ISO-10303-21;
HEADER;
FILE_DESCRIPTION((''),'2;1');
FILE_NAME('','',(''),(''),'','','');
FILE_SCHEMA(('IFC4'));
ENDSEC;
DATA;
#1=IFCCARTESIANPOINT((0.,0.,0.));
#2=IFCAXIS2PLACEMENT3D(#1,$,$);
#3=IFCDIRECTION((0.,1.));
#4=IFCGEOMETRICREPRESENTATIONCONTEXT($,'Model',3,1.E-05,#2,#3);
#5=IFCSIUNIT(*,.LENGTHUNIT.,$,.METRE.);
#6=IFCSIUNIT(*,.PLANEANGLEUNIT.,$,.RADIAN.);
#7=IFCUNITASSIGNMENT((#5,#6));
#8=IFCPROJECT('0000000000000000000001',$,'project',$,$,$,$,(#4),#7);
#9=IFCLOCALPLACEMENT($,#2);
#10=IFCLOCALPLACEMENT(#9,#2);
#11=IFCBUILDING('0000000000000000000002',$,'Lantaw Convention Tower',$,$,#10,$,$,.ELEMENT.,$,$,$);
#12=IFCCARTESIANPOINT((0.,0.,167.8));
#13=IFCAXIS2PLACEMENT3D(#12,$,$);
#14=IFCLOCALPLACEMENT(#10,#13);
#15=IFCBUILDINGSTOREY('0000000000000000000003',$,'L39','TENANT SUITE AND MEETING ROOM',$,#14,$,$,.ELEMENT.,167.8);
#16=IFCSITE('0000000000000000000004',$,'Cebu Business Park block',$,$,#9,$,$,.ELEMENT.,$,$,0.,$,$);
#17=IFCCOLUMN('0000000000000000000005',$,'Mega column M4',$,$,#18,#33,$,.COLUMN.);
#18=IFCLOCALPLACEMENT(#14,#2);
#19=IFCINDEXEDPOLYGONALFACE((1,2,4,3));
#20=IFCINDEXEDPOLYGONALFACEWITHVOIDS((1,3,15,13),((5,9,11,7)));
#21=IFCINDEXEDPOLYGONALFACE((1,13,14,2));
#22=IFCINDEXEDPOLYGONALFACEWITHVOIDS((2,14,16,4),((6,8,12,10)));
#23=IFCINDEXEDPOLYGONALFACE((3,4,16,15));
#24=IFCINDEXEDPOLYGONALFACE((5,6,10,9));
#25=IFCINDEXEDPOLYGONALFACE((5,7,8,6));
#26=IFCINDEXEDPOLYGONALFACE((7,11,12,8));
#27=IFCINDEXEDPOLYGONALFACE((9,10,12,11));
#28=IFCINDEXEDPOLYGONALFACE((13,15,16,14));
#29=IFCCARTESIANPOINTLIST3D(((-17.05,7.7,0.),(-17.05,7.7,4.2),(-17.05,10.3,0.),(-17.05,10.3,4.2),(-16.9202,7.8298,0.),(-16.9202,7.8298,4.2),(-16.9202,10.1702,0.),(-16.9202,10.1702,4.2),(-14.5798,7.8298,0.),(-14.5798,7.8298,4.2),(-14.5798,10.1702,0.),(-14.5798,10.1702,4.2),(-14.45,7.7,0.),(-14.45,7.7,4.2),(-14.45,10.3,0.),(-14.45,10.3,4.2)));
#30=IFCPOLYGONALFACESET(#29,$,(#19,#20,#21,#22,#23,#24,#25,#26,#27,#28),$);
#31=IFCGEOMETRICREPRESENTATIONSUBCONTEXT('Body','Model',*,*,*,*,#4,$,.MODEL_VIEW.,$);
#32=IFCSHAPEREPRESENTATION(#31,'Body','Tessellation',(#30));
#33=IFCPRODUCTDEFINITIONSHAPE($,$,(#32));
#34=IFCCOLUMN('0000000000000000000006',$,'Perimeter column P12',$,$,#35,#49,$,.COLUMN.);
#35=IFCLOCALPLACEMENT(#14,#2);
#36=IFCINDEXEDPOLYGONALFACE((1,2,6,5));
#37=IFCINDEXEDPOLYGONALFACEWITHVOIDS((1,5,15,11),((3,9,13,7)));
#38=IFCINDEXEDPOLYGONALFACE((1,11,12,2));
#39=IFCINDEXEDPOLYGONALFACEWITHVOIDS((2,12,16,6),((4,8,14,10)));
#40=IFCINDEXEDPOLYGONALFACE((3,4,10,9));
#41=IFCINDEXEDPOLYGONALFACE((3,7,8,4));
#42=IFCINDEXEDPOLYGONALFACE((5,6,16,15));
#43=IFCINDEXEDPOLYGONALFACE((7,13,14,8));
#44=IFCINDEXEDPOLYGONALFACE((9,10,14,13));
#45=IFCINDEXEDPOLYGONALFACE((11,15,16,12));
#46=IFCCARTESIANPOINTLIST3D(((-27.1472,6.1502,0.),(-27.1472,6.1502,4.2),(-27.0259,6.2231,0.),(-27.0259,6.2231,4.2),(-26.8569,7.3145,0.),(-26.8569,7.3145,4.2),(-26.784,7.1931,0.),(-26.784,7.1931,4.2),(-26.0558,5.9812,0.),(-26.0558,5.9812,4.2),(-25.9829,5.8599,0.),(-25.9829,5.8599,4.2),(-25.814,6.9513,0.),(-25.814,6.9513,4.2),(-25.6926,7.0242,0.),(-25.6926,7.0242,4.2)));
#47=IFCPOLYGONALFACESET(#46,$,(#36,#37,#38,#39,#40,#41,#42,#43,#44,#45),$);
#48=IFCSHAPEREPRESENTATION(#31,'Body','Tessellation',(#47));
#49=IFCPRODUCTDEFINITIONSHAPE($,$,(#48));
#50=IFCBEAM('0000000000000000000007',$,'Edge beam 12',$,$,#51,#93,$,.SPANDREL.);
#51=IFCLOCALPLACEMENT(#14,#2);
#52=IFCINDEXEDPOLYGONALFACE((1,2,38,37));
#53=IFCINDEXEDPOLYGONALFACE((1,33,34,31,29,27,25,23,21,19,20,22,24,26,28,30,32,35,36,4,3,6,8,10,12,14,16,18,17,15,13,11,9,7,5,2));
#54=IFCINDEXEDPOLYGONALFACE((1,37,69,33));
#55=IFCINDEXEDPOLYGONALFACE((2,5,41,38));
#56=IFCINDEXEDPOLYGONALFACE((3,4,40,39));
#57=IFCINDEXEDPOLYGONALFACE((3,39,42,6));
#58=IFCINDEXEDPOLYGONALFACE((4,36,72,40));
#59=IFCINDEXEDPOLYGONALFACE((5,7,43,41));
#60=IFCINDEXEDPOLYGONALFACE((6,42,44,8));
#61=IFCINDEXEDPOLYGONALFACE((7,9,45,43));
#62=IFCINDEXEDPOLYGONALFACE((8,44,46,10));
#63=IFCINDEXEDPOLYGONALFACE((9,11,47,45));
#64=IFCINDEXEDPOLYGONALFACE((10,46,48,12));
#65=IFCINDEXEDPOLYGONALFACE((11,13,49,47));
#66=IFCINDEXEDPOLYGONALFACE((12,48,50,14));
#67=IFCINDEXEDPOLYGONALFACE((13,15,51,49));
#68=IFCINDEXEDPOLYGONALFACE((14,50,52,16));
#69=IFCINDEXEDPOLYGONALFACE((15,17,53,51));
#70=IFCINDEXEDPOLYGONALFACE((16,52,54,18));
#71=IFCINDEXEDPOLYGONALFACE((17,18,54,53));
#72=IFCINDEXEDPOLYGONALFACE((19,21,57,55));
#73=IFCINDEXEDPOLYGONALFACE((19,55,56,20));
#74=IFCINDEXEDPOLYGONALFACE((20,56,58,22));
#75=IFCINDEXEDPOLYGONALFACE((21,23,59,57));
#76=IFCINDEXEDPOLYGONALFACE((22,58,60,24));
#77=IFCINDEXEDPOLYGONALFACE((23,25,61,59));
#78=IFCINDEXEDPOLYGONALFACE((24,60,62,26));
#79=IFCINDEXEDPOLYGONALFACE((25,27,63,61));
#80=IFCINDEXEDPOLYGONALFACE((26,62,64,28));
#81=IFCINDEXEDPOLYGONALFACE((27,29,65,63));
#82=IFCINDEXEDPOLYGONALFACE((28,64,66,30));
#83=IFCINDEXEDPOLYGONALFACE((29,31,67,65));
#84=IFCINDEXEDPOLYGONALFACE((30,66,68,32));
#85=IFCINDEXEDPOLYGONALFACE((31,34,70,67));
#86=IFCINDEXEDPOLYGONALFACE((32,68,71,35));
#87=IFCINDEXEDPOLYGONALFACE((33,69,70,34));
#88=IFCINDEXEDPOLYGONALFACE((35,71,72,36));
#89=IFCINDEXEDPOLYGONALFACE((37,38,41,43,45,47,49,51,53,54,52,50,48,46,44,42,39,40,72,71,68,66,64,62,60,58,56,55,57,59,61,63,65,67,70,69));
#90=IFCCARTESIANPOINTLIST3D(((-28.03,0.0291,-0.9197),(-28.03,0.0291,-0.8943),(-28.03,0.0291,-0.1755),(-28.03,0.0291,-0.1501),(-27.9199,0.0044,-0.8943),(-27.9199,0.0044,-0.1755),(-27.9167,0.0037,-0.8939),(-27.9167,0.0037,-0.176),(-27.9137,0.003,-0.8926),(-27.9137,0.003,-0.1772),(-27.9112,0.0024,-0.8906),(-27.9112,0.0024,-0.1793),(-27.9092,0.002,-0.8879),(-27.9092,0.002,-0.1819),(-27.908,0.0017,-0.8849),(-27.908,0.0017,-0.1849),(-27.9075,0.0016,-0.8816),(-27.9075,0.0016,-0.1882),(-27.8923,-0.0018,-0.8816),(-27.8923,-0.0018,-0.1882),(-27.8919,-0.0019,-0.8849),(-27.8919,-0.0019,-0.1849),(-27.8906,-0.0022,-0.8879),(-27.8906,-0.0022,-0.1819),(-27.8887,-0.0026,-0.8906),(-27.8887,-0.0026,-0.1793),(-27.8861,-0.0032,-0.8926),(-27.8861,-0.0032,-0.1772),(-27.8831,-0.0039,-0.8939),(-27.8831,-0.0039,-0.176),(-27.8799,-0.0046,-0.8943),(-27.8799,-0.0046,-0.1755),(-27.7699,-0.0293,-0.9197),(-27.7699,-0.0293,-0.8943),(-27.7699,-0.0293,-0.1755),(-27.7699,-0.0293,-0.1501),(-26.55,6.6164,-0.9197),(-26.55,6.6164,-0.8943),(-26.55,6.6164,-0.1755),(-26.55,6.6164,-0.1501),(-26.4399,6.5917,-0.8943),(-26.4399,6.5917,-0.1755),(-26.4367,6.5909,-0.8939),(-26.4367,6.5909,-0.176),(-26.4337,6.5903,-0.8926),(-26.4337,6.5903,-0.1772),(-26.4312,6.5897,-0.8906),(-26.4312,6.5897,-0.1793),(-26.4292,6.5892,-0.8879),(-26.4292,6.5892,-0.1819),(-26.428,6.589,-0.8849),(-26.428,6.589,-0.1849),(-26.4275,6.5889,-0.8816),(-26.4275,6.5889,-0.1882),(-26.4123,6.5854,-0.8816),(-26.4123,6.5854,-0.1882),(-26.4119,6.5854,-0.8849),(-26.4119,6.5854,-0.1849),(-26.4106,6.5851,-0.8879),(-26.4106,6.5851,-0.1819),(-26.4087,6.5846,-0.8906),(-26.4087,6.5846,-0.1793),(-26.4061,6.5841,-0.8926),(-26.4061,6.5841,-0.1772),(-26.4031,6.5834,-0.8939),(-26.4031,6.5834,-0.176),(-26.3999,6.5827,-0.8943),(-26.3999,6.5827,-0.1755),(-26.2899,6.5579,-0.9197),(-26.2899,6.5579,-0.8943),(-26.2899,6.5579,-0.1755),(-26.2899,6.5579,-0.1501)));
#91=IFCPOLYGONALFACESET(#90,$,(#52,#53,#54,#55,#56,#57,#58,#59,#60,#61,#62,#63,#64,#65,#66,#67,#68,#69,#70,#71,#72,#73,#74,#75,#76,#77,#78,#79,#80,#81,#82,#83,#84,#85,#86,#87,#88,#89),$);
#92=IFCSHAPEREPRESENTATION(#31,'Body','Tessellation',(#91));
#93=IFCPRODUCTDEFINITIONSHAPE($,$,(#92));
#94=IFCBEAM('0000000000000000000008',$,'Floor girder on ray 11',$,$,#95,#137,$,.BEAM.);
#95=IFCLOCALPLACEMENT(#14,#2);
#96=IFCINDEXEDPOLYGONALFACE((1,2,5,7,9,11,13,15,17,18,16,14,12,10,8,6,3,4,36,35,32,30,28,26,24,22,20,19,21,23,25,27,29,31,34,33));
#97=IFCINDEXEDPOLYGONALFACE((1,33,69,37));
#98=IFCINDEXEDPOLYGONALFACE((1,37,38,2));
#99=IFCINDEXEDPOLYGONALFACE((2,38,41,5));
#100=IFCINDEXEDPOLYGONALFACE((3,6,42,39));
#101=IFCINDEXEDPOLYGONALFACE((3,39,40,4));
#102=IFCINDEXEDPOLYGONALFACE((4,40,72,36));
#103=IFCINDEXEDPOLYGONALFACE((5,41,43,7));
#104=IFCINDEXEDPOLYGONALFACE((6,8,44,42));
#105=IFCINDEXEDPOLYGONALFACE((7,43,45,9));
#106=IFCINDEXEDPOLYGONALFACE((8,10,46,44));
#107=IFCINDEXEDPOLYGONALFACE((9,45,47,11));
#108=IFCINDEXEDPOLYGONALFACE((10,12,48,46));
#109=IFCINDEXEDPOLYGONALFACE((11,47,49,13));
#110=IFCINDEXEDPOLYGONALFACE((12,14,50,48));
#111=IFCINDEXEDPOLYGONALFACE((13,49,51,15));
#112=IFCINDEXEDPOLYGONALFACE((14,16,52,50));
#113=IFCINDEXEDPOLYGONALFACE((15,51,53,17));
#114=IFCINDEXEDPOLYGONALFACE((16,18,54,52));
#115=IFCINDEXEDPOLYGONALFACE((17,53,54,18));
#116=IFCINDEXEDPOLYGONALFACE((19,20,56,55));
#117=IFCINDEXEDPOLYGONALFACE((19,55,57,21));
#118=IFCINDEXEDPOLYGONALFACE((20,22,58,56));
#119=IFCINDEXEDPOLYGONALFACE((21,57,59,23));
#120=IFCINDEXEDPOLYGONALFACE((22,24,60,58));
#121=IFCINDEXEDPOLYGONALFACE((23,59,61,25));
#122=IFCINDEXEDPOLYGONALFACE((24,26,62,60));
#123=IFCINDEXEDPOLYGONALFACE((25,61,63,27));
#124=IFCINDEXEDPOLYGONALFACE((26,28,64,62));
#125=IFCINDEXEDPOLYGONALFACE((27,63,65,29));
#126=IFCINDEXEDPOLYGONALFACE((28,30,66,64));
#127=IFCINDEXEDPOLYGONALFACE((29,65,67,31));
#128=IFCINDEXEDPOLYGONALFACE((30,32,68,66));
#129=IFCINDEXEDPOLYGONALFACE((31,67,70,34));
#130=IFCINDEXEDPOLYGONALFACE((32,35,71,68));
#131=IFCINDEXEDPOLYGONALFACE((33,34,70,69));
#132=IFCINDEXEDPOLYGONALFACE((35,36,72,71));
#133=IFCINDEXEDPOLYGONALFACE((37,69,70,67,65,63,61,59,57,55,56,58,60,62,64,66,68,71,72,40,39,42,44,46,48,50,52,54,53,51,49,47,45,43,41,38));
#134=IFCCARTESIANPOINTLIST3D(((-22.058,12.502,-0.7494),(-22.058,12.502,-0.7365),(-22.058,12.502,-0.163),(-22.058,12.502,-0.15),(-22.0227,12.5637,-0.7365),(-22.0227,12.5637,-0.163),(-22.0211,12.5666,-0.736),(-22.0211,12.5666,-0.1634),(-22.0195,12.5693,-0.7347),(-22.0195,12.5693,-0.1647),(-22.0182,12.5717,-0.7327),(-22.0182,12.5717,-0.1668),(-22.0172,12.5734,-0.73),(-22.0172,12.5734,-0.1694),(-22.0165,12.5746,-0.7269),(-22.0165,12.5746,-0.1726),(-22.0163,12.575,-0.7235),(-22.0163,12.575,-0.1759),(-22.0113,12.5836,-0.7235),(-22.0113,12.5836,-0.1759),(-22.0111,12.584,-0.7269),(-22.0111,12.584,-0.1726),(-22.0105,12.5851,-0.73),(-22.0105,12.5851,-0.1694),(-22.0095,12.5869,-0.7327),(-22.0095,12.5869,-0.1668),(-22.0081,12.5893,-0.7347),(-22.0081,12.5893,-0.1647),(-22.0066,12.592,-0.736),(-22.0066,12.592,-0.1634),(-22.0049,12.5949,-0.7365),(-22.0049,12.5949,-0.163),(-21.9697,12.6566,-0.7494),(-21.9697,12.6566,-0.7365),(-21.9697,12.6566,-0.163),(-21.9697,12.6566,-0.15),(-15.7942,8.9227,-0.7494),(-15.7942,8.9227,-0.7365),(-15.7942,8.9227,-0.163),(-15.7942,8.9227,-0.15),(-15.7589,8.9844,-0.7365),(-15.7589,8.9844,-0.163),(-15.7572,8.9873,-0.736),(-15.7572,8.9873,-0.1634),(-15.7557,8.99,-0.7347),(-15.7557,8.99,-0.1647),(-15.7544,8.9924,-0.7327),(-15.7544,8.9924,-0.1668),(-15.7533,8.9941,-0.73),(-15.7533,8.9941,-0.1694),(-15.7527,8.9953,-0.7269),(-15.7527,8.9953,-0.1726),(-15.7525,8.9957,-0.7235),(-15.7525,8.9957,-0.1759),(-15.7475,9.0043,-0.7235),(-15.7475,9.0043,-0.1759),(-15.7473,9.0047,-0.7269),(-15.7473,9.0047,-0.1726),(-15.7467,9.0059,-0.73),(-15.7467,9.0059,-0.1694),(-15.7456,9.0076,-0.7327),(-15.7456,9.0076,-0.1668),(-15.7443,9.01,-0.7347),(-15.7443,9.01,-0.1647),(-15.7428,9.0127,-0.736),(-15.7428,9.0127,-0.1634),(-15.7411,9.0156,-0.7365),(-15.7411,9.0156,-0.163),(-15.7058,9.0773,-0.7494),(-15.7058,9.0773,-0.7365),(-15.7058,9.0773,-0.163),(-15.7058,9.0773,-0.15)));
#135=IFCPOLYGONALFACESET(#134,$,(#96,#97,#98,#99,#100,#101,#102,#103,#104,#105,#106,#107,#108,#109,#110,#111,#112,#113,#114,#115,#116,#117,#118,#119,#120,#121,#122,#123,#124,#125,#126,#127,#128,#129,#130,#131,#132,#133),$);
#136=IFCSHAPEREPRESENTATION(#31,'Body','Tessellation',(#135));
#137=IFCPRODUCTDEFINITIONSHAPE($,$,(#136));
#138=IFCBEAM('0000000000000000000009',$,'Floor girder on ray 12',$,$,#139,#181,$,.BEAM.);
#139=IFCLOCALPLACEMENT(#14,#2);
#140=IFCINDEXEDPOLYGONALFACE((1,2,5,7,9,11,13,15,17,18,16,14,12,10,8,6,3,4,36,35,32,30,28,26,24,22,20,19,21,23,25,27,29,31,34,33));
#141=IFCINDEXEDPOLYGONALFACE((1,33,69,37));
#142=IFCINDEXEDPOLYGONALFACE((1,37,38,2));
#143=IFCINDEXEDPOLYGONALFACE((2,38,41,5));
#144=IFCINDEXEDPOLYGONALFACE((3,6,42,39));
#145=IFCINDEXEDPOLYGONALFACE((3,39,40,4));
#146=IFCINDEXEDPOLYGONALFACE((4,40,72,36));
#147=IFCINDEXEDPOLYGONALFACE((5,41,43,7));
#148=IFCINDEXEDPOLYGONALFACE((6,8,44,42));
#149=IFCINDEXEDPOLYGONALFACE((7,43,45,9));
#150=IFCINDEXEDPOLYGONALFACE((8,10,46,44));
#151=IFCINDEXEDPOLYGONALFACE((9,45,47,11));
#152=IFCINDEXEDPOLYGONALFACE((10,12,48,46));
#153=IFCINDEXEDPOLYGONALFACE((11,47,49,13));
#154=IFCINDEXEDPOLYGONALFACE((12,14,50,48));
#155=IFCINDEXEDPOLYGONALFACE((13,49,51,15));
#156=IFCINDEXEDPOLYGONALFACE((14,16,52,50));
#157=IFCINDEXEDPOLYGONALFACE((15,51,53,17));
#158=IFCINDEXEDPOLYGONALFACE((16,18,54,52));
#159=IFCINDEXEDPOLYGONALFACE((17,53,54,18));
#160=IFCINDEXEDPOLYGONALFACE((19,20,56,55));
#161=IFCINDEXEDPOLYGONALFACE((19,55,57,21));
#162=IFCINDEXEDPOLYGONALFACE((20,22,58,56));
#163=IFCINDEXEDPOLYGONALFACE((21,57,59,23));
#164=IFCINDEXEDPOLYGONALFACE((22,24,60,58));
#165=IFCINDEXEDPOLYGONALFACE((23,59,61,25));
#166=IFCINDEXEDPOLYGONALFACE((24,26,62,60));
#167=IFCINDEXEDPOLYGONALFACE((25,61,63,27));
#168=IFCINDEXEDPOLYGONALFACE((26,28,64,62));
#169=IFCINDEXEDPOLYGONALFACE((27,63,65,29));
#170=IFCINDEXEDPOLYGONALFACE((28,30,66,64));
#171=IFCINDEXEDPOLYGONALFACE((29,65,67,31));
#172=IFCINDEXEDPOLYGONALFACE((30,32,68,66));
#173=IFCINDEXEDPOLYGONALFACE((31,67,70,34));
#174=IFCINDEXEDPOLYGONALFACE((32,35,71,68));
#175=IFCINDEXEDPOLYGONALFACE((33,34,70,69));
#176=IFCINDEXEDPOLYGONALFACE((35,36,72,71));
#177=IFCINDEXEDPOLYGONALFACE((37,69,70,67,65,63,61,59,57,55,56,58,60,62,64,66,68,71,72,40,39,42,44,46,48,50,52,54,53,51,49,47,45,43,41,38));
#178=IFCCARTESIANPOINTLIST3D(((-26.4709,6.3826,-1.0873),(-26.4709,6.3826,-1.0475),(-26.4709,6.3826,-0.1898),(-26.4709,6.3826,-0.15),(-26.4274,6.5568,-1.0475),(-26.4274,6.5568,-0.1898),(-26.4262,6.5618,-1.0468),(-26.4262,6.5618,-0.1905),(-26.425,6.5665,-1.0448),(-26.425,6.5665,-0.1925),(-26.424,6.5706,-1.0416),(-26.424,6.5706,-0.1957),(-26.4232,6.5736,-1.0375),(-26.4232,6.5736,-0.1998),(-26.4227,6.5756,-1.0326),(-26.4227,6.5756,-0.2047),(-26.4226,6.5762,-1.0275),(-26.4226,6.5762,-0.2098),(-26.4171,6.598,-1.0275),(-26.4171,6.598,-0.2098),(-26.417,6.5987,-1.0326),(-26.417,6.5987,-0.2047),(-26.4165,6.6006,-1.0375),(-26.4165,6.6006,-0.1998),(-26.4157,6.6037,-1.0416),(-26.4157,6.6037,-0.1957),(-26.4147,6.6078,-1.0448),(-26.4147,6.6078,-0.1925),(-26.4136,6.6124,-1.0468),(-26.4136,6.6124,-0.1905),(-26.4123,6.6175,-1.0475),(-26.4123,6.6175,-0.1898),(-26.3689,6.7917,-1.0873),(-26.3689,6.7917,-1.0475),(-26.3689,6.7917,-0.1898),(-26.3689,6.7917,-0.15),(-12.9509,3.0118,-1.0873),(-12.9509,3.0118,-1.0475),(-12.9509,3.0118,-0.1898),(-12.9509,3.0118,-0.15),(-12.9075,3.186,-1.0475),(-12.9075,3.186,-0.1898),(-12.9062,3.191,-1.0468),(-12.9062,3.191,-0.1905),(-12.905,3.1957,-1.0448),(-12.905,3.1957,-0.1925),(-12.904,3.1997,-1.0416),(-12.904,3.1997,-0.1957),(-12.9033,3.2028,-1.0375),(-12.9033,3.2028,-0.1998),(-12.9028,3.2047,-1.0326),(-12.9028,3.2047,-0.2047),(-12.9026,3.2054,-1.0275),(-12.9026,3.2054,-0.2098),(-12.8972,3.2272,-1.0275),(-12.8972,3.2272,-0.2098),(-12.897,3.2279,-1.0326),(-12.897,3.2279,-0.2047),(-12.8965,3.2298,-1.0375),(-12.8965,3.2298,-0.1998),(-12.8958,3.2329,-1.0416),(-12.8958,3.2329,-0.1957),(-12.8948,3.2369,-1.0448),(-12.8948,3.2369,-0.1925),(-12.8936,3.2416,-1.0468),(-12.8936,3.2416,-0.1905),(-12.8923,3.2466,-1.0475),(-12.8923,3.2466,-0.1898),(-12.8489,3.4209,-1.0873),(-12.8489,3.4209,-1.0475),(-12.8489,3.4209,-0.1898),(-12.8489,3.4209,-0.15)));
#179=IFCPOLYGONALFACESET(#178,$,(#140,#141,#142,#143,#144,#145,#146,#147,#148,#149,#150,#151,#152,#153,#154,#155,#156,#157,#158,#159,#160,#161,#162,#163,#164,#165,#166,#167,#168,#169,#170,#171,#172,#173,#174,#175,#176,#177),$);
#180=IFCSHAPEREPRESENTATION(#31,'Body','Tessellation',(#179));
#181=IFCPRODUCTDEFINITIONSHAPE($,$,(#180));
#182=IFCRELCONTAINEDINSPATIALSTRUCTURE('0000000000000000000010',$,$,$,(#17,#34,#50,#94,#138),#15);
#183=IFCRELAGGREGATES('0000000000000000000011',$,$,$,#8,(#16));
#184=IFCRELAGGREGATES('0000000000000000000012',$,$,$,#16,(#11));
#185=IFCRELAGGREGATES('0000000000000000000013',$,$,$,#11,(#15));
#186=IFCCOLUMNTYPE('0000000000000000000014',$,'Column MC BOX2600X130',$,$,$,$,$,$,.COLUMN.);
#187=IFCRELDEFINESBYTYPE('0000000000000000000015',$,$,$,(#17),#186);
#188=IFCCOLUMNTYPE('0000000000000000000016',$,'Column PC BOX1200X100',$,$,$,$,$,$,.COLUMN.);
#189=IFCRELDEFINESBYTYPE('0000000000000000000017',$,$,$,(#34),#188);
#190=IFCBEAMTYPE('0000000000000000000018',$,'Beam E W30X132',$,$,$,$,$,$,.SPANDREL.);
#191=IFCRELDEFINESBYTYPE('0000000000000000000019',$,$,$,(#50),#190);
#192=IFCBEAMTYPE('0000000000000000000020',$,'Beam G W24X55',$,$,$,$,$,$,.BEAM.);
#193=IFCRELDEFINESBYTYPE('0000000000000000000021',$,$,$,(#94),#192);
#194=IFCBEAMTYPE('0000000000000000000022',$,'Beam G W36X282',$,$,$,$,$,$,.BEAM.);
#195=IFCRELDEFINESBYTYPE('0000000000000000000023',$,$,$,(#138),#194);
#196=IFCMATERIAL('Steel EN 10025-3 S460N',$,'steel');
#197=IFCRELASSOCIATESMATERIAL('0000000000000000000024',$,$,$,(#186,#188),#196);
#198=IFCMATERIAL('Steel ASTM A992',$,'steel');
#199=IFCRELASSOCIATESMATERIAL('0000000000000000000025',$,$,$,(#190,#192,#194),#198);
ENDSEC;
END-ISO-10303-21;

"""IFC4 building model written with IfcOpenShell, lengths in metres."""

from ifc_helpers import new_model, si_unit, direction, frame, origin, origin_2d, place, context, subcontext, project, spatial, rectangle, hollow_rectangle, i_section, extrude, material, material_profile, profile_set, type_object, element, save


model = new_model("IFC4")

# Units and contexts
model_context = context("Model", 3, precision=1e-05, world=origin(), true_north=direction((0.0, 1.0)))
body_context = subcontext(model_context, "Body", "Model", "MODEL_VIEW")
ifc_project = project(units=[si_unit("LENGTHUNIT", "METRE"), si_unit("PLANEANGLEUNIT", "RADIAN")], contexts=[model_context])

# Site, building, storey
site_placement = place(None, origin())
site = spatial("IfcSite", under=ifc_project, at=site_placement, Name="Cebu Business Park block", CompositionType="ELEMENT", RefElevation=0.0)
building_placement = place(site_placement, origin())
building = spatial("IfcBuilding", under=site, at=building_placement, Name="Lantaw Convention Tower", CompositionType="ELEMENT")
storey_placement = place(building_placement, frame((0.0, 0.0, 167.8)))
storey = spatial("IfcBuildingStorey", under=building, at=storey_placement, Name="L39", Description="TENANT SUITE AND MEETING ROOM", CompositionType="ELEMENT", Elevation=167.8)

# Columns
ifc_material_1 = material(Name="Steel EN 10025-3 S460N", Category="steel")
ifc_material_profile_1 = material_profile(ifc_material_1, hollow_rectangle(XDim=2.6001, YDim=2.6001, WallThickness=0.1299, at=origin_2d()), Name="BOX2600X130")
ifc_material_2 = material(Name="Concrete C60/75", Category="concrete")
ifc_material_profile_2 = material_profile(ifc_material_2, rectangle(XDim=2.3401, YDim=2.3401, at=origin_2d()), Name="Concrete fill of BOX2600X130")
ifc_profile_set_1 = profile_set([ifc_material_profile_1, ifc_material_profile_2], Name="Steel EN 10025-3 S460N")
column_type_1 = type_object("IfcColumnType", Name="Column MC BOX2600X130", PredefinedType="COLUMN", material=ifc_profile_set_1)
column_1_placement = place(storey_placement, frame((-15.75, 9.0, 0.0), z_axis=(0.0, 0.0, 1.0), x_axis=(1.0, 0.0, 0.0)))
element("IfcColumn", 1, at=column_1_placement, inside=storey, type_object=column_type_1, Name="Mega column M4", PredefinedType="COLUMN", context=body_context, shape_type="SweptSolid", body=[
    extrude(hollow_rectangle(XDim=2.6001, YDim=2.6001, WallThickness=0.1299, at=origin_2d()), origin(), (0.0, 0.0, 1.0), 4.2),
])
ifc_material_profile_3 = material_profile(ifc_material_1, hollow_rectangle(XDim=1.2, YDim=1.2, WallThickness=0.1001, at=origin_2d()), Name="BOX1200X100")
ifc_material_profile_4 = material_profile(ifc_material_2, rectangle(XDim=1.0, YDim=1.0, at=origin_2d()), Name="Concrete fill of BOX1200X100")
ifc_profile_set_2 = profile_set([ifc_material_profile_3, ifc_material_profile_4], Name="Steel EN 10025-3 S460N")
column_type_2 = type_object("IfcColumnType", Name="Column PC BOX1200X100", PredefinedType="COLUMN", material=ifc_profile_set_2)
column_2_placement = place(storey_placement, frame((-26.4199, 6.5872, 0.0), z_axis=(0.0, 0.0, 1.0), x_axis=(0.241922, 0.970296, 0.0)))
element("IfcColumn", 2, at=column_2_placement, inside=storey, type_object=column_type_2, Name="Perimeter column P12", PredefinedType="COLUMN", context=body_context, shape_type="SweptSolid", body=[
    extrude(hollow_rectangle(XDim=1.2, YDim=1.2, WallThickness=0.1001, at=origin_2d()), origin(), (0.0, 0.0, 1.0), 4.2),
])

# Beams
ifc_material_3 = material(Name="Steel ASTM A992", Category="steel")
ifc_material_profile_5 = material_profile(ifc_material_3, i_section(OverallWidth=0.2666, OverallDepth=0.7695, WebThickness=0.0156, FlangeThickness=0.0254, FilletRadius=0.0127, at=origin_2d()), Name="W30X132")
ifc_profile_set_3 = profile_set([ifc_material_profile_5], Name="Steel ASTM A992")
beam_type_1 = type_object("IfcBeamType", Name="Beam E W30X132", PredefinedType="SPANDREL", material=ifc_profile_set_3)
beam_1_placement = place(storey_placement, frame((-26.4199, 6.5872, -0.5349), z_axis=(-0.219212, -0.975677, 0.0), x_axis=(0.975677, -0.219212, 0.0)))
element("IfcBeam", 3, at=beam_1_placement, inside=storey, type_object=beam_type_1, Name="Edge beam 12", PredefinedType="SPANDREL", context=body_context, shape_type="SweptSolid", body=[
    extrude(i_section(OverallWidth=0.2666, OverallDepth=0.7695, WebThickness=0.0156, FlangeThickness=0.0254, FilletRadius=0.0127, at=origin_2d()), origin(), (0.0, 0.0, 1.0), 6.7515),
])
ifc_material_profile_6 = material_profile(ifc_material_3, i_section(OverallWidth=0.178, OverallDepth=0.5994, WebThickness=0.01, FlangeThickness=0.0129, FilletRadius=0.0129, at=origin_2d()), Name="W24X55")
ifc_profile_set_4 = profile_set([ifc_material_profile_6], Name="Steel ASTM A992")
beam_type_2 = type_object("IfcBeamType", Name="Beam G W24X55", PredefinedType="BEAM", material=ifc_profile_set_4)
beam_2_placement = place(storey_placement, frame((-15.75, 9.0, -0.4497), z_axis=(-0.868245, 0.496135, 0.0), x_axis=(-0.496135, -0.868245, 0.0)))
element("IfcBeam", 4, at=beam_2_placement, inside=storey, type_object=beam_type_2, Name="Floor girder on ray 11", PredefinedType="BEAM", context=body_context, shape_type="SweptSolid", body=[
    extrude(i_section(OverallWidth=0.178, OverallDepth=0.5994, WebThickness=0.01, FlangeThickness=0.0129, FilletRadius=0.0129, at=origin_2d()), origin(), (0.0, 0.0, 1.0), 7.2144),
])
ifc_material_profile_7 = material_profile(ifc_material_3, i_section(OverallWidth=0.4216, OverallDepth=0.9373, WebThickness=0.0225, FlangeThickness=0.0398, FilletRadius=0.02, at=origin_2d()), Name="W36X282")
ifc_profile_set_5 = profile_set([ifc_material_profile_7], Name="Steel ASTM A992")
beam_type_3 = type_object("IfcBeamType", Name="Beam G W36X282", PredefinedType="BEAM", material=ifc_profile_set_5)
beam_3_placement = place(storey_placement, frame((-12.8999, 3.2163, -0.6187), z_axis=(-0.970297, 0.241917, 0.0), x_axis=(-0.241917, -0.970297, 0.0)))
element("IfcBeam", 5, at=beam_3_placement, inside=storey, type_object=beam_type_3, Name="Floor girder on ray 12", PredefinedType="BEAM", context=body_context, shape_type="SweptSolid", body=[
    extrude(i_section(OverallWidth=0.4216, OverallDepth=0.9373, WebThickness=0.0225, FlangeThickness=0.0398, FilletRadius=0.02, at=origin_2d()), origin(), (0.0, 0.0, 1.0), 13.9338),
])

save(model, "model.ifc")
